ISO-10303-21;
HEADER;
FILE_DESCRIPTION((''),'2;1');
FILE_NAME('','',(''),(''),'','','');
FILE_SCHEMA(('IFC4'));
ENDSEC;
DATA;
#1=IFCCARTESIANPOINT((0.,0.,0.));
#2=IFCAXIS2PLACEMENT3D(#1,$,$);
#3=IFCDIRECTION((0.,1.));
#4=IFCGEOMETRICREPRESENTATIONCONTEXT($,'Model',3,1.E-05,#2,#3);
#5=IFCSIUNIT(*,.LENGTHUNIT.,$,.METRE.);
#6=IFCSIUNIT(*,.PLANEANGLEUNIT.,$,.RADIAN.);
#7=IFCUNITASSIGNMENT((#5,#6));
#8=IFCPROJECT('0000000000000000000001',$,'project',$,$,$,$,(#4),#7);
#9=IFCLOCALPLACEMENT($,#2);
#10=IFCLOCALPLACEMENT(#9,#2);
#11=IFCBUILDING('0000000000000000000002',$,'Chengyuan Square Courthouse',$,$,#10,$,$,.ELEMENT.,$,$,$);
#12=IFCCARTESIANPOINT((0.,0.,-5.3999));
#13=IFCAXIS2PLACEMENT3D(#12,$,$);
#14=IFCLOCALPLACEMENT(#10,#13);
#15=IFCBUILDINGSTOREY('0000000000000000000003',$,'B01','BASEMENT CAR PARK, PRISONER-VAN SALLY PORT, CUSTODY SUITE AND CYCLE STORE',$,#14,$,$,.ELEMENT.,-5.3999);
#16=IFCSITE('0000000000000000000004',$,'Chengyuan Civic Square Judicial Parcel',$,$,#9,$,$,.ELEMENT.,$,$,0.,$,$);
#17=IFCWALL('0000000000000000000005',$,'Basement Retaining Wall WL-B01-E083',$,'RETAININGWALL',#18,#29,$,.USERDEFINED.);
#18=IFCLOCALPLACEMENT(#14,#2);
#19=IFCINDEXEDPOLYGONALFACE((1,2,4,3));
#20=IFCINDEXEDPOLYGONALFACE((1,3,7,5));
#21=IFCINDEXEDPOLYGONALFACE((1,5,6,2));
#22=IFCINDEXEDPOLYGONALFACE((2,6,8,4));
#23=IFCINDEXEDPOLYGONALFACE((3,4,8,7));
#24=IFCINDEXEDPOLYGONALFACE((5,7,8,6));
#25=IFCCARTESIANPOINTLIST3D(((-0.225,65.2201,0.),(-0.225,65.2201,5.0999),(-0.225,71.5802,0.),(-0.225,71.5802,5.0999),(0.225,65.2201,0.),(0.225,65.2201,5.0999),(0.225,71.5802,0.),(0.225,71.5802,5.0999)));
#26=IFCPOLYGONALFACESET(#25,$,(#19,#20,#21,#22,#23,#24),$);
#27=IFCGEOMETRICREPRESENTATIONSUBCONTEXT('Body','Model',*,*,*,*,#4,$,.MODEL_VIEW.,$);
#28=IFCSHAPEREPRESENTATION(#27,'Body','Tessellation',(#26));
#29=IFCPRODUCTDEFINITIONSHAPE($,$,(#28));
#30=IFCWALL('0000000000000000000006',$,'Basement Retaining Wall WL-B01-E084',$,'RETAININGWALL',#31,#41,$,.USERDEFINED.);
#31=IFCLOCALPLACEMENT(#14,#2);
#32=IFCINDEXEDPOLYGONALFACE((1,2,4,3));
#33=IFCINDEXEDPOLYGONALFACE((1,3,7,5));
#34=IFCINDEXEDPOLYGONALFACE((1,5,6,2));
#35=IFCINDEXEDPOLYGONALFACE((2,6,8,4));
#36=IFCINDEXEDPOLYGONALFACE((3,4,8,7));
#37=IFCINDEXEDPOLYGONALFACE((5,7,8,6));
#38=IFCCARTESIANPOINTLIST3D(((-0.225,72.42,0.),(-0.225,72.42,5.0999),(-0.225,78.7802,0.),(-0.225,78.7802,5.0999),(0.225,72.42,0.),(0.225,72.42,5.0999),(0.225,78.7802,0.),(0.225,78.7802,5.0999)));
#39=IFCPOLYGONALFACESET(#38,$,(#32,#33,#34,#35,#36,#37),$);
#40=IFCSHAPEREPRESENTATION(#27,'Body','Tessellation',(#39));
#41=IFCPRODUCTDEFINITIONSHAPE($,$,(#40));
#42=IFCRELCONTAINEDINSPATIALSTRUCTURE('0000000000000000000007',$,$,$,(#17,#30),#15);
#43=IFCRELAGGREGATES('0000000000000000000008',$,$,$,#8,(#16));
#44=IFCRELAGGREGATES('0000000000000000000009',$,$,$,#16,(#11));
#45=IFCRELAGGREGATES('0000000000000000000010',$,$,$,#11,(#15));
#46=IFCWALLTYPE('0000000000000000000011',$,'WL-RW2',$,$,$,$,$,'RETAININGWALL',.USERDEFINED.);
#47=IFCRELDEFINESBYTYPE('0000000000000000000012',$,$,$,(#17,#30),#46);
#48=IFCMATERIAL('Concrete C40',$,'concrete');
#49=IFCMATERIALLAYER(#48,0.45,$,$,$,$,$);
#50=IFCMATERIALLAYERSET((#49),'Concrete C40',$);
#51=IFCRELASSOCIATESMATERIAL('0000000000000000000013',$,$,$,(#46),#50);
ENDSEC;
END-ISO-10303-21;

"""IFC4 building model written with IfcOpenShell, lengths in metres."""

from ifc_helpers import new_model, si_unit, direction, frame, frame_2d, origin, place, context, subcontext, project, spatial, rectangle, extrude, material, layer, layer_set, type_object, element, save


model = new_model("IFC4")

# Units and contexts
model_context = context("Model", 3, precision=1e-05, world=origin(), true_north=direction((0.0, 1.0)))
body_context = subcontext(model_context, "Body", "Model", "MODEL_VIEW")
ifc_project = project(units=[si_unit("LENGTHUNIT", "METRE"), si_unit("PLANEANGLEUNIT", "RADIAN")], contexts=[model_context])

# Site, building, storey
site_placement = place(None, origin())
site = spatial("IfcSite", under=ifc_project, at=site_placement, Name="Chengyuan Civic Square Judicial Parcel", CompositionType="ELEMENT", RefElevation=0.0)
building_placement = place(site_placement, origin())
building = spatial("IfcBuilding", under=site, at=building_placement, Name="Chengyuan Square Courthouse", CompositionType="ELEMENT")
storey_placement = place(building_placement, frame((0.0, 0.0, -5.3999)))
storey = spatial("IfcBuildingStorey", under=building, at=storey_placement, Name="B01", Description="BASEMENT CAR PARK, PRISONER-VAN SALLY PORT, CUSTODY SUITE AND CYCLE STORE", CompositionType="ELEMENT", Elevation=-5.3999)

# Shared definitions
ifc_material_1 = material(Name="Concrete C40", Category="concrete")

# Walls
ifc_layer_1 = layer(ifc_material_1, 0.45)
ifc_layer_set_1 = layer_set([ifc_layer_1], Name="Concrete C40")
wall_type_1 = type_object("IfcWallType", Name="WL-RW2", ElementType="RETAININGWALL", PredefinedType="USERDEFINED", material=ifc_layer_set_1)
for number, where, z_axis, x_axis, name in (
    (1, (0.0, 65.22, 0.0), (0.0, 0.0, 1.0), (0.0, 1.0, 0.0), "Basement Retaining Wall WL-B01-E083"),
    (2, (0.0, 72.4199, 0.0), (0.0, 0.0, 1.0), (0.0, 1.0, 0.0), "Basement Retaining Wall WL-B01-E084"),
):
    element("IfcWall", number, at=place(storey_placement, frame(where, z_axis=z_axis, x_axis=x_axis)), inside=storey, type_object=wall_type_1, Name=name, ObjectType="RETAININGWALL", PredefinedType="USERDEFINED", context=body_context, shape_type="SweptSolid", body=[
        extrude(rectangle(XDim=6.3601, YDim=0.45, at=frame_2d((3.1802, 0.0))), origin(), (0.0, 0.0, 1.0), 5.0999),
    ])

save(model, "model.ifc")
